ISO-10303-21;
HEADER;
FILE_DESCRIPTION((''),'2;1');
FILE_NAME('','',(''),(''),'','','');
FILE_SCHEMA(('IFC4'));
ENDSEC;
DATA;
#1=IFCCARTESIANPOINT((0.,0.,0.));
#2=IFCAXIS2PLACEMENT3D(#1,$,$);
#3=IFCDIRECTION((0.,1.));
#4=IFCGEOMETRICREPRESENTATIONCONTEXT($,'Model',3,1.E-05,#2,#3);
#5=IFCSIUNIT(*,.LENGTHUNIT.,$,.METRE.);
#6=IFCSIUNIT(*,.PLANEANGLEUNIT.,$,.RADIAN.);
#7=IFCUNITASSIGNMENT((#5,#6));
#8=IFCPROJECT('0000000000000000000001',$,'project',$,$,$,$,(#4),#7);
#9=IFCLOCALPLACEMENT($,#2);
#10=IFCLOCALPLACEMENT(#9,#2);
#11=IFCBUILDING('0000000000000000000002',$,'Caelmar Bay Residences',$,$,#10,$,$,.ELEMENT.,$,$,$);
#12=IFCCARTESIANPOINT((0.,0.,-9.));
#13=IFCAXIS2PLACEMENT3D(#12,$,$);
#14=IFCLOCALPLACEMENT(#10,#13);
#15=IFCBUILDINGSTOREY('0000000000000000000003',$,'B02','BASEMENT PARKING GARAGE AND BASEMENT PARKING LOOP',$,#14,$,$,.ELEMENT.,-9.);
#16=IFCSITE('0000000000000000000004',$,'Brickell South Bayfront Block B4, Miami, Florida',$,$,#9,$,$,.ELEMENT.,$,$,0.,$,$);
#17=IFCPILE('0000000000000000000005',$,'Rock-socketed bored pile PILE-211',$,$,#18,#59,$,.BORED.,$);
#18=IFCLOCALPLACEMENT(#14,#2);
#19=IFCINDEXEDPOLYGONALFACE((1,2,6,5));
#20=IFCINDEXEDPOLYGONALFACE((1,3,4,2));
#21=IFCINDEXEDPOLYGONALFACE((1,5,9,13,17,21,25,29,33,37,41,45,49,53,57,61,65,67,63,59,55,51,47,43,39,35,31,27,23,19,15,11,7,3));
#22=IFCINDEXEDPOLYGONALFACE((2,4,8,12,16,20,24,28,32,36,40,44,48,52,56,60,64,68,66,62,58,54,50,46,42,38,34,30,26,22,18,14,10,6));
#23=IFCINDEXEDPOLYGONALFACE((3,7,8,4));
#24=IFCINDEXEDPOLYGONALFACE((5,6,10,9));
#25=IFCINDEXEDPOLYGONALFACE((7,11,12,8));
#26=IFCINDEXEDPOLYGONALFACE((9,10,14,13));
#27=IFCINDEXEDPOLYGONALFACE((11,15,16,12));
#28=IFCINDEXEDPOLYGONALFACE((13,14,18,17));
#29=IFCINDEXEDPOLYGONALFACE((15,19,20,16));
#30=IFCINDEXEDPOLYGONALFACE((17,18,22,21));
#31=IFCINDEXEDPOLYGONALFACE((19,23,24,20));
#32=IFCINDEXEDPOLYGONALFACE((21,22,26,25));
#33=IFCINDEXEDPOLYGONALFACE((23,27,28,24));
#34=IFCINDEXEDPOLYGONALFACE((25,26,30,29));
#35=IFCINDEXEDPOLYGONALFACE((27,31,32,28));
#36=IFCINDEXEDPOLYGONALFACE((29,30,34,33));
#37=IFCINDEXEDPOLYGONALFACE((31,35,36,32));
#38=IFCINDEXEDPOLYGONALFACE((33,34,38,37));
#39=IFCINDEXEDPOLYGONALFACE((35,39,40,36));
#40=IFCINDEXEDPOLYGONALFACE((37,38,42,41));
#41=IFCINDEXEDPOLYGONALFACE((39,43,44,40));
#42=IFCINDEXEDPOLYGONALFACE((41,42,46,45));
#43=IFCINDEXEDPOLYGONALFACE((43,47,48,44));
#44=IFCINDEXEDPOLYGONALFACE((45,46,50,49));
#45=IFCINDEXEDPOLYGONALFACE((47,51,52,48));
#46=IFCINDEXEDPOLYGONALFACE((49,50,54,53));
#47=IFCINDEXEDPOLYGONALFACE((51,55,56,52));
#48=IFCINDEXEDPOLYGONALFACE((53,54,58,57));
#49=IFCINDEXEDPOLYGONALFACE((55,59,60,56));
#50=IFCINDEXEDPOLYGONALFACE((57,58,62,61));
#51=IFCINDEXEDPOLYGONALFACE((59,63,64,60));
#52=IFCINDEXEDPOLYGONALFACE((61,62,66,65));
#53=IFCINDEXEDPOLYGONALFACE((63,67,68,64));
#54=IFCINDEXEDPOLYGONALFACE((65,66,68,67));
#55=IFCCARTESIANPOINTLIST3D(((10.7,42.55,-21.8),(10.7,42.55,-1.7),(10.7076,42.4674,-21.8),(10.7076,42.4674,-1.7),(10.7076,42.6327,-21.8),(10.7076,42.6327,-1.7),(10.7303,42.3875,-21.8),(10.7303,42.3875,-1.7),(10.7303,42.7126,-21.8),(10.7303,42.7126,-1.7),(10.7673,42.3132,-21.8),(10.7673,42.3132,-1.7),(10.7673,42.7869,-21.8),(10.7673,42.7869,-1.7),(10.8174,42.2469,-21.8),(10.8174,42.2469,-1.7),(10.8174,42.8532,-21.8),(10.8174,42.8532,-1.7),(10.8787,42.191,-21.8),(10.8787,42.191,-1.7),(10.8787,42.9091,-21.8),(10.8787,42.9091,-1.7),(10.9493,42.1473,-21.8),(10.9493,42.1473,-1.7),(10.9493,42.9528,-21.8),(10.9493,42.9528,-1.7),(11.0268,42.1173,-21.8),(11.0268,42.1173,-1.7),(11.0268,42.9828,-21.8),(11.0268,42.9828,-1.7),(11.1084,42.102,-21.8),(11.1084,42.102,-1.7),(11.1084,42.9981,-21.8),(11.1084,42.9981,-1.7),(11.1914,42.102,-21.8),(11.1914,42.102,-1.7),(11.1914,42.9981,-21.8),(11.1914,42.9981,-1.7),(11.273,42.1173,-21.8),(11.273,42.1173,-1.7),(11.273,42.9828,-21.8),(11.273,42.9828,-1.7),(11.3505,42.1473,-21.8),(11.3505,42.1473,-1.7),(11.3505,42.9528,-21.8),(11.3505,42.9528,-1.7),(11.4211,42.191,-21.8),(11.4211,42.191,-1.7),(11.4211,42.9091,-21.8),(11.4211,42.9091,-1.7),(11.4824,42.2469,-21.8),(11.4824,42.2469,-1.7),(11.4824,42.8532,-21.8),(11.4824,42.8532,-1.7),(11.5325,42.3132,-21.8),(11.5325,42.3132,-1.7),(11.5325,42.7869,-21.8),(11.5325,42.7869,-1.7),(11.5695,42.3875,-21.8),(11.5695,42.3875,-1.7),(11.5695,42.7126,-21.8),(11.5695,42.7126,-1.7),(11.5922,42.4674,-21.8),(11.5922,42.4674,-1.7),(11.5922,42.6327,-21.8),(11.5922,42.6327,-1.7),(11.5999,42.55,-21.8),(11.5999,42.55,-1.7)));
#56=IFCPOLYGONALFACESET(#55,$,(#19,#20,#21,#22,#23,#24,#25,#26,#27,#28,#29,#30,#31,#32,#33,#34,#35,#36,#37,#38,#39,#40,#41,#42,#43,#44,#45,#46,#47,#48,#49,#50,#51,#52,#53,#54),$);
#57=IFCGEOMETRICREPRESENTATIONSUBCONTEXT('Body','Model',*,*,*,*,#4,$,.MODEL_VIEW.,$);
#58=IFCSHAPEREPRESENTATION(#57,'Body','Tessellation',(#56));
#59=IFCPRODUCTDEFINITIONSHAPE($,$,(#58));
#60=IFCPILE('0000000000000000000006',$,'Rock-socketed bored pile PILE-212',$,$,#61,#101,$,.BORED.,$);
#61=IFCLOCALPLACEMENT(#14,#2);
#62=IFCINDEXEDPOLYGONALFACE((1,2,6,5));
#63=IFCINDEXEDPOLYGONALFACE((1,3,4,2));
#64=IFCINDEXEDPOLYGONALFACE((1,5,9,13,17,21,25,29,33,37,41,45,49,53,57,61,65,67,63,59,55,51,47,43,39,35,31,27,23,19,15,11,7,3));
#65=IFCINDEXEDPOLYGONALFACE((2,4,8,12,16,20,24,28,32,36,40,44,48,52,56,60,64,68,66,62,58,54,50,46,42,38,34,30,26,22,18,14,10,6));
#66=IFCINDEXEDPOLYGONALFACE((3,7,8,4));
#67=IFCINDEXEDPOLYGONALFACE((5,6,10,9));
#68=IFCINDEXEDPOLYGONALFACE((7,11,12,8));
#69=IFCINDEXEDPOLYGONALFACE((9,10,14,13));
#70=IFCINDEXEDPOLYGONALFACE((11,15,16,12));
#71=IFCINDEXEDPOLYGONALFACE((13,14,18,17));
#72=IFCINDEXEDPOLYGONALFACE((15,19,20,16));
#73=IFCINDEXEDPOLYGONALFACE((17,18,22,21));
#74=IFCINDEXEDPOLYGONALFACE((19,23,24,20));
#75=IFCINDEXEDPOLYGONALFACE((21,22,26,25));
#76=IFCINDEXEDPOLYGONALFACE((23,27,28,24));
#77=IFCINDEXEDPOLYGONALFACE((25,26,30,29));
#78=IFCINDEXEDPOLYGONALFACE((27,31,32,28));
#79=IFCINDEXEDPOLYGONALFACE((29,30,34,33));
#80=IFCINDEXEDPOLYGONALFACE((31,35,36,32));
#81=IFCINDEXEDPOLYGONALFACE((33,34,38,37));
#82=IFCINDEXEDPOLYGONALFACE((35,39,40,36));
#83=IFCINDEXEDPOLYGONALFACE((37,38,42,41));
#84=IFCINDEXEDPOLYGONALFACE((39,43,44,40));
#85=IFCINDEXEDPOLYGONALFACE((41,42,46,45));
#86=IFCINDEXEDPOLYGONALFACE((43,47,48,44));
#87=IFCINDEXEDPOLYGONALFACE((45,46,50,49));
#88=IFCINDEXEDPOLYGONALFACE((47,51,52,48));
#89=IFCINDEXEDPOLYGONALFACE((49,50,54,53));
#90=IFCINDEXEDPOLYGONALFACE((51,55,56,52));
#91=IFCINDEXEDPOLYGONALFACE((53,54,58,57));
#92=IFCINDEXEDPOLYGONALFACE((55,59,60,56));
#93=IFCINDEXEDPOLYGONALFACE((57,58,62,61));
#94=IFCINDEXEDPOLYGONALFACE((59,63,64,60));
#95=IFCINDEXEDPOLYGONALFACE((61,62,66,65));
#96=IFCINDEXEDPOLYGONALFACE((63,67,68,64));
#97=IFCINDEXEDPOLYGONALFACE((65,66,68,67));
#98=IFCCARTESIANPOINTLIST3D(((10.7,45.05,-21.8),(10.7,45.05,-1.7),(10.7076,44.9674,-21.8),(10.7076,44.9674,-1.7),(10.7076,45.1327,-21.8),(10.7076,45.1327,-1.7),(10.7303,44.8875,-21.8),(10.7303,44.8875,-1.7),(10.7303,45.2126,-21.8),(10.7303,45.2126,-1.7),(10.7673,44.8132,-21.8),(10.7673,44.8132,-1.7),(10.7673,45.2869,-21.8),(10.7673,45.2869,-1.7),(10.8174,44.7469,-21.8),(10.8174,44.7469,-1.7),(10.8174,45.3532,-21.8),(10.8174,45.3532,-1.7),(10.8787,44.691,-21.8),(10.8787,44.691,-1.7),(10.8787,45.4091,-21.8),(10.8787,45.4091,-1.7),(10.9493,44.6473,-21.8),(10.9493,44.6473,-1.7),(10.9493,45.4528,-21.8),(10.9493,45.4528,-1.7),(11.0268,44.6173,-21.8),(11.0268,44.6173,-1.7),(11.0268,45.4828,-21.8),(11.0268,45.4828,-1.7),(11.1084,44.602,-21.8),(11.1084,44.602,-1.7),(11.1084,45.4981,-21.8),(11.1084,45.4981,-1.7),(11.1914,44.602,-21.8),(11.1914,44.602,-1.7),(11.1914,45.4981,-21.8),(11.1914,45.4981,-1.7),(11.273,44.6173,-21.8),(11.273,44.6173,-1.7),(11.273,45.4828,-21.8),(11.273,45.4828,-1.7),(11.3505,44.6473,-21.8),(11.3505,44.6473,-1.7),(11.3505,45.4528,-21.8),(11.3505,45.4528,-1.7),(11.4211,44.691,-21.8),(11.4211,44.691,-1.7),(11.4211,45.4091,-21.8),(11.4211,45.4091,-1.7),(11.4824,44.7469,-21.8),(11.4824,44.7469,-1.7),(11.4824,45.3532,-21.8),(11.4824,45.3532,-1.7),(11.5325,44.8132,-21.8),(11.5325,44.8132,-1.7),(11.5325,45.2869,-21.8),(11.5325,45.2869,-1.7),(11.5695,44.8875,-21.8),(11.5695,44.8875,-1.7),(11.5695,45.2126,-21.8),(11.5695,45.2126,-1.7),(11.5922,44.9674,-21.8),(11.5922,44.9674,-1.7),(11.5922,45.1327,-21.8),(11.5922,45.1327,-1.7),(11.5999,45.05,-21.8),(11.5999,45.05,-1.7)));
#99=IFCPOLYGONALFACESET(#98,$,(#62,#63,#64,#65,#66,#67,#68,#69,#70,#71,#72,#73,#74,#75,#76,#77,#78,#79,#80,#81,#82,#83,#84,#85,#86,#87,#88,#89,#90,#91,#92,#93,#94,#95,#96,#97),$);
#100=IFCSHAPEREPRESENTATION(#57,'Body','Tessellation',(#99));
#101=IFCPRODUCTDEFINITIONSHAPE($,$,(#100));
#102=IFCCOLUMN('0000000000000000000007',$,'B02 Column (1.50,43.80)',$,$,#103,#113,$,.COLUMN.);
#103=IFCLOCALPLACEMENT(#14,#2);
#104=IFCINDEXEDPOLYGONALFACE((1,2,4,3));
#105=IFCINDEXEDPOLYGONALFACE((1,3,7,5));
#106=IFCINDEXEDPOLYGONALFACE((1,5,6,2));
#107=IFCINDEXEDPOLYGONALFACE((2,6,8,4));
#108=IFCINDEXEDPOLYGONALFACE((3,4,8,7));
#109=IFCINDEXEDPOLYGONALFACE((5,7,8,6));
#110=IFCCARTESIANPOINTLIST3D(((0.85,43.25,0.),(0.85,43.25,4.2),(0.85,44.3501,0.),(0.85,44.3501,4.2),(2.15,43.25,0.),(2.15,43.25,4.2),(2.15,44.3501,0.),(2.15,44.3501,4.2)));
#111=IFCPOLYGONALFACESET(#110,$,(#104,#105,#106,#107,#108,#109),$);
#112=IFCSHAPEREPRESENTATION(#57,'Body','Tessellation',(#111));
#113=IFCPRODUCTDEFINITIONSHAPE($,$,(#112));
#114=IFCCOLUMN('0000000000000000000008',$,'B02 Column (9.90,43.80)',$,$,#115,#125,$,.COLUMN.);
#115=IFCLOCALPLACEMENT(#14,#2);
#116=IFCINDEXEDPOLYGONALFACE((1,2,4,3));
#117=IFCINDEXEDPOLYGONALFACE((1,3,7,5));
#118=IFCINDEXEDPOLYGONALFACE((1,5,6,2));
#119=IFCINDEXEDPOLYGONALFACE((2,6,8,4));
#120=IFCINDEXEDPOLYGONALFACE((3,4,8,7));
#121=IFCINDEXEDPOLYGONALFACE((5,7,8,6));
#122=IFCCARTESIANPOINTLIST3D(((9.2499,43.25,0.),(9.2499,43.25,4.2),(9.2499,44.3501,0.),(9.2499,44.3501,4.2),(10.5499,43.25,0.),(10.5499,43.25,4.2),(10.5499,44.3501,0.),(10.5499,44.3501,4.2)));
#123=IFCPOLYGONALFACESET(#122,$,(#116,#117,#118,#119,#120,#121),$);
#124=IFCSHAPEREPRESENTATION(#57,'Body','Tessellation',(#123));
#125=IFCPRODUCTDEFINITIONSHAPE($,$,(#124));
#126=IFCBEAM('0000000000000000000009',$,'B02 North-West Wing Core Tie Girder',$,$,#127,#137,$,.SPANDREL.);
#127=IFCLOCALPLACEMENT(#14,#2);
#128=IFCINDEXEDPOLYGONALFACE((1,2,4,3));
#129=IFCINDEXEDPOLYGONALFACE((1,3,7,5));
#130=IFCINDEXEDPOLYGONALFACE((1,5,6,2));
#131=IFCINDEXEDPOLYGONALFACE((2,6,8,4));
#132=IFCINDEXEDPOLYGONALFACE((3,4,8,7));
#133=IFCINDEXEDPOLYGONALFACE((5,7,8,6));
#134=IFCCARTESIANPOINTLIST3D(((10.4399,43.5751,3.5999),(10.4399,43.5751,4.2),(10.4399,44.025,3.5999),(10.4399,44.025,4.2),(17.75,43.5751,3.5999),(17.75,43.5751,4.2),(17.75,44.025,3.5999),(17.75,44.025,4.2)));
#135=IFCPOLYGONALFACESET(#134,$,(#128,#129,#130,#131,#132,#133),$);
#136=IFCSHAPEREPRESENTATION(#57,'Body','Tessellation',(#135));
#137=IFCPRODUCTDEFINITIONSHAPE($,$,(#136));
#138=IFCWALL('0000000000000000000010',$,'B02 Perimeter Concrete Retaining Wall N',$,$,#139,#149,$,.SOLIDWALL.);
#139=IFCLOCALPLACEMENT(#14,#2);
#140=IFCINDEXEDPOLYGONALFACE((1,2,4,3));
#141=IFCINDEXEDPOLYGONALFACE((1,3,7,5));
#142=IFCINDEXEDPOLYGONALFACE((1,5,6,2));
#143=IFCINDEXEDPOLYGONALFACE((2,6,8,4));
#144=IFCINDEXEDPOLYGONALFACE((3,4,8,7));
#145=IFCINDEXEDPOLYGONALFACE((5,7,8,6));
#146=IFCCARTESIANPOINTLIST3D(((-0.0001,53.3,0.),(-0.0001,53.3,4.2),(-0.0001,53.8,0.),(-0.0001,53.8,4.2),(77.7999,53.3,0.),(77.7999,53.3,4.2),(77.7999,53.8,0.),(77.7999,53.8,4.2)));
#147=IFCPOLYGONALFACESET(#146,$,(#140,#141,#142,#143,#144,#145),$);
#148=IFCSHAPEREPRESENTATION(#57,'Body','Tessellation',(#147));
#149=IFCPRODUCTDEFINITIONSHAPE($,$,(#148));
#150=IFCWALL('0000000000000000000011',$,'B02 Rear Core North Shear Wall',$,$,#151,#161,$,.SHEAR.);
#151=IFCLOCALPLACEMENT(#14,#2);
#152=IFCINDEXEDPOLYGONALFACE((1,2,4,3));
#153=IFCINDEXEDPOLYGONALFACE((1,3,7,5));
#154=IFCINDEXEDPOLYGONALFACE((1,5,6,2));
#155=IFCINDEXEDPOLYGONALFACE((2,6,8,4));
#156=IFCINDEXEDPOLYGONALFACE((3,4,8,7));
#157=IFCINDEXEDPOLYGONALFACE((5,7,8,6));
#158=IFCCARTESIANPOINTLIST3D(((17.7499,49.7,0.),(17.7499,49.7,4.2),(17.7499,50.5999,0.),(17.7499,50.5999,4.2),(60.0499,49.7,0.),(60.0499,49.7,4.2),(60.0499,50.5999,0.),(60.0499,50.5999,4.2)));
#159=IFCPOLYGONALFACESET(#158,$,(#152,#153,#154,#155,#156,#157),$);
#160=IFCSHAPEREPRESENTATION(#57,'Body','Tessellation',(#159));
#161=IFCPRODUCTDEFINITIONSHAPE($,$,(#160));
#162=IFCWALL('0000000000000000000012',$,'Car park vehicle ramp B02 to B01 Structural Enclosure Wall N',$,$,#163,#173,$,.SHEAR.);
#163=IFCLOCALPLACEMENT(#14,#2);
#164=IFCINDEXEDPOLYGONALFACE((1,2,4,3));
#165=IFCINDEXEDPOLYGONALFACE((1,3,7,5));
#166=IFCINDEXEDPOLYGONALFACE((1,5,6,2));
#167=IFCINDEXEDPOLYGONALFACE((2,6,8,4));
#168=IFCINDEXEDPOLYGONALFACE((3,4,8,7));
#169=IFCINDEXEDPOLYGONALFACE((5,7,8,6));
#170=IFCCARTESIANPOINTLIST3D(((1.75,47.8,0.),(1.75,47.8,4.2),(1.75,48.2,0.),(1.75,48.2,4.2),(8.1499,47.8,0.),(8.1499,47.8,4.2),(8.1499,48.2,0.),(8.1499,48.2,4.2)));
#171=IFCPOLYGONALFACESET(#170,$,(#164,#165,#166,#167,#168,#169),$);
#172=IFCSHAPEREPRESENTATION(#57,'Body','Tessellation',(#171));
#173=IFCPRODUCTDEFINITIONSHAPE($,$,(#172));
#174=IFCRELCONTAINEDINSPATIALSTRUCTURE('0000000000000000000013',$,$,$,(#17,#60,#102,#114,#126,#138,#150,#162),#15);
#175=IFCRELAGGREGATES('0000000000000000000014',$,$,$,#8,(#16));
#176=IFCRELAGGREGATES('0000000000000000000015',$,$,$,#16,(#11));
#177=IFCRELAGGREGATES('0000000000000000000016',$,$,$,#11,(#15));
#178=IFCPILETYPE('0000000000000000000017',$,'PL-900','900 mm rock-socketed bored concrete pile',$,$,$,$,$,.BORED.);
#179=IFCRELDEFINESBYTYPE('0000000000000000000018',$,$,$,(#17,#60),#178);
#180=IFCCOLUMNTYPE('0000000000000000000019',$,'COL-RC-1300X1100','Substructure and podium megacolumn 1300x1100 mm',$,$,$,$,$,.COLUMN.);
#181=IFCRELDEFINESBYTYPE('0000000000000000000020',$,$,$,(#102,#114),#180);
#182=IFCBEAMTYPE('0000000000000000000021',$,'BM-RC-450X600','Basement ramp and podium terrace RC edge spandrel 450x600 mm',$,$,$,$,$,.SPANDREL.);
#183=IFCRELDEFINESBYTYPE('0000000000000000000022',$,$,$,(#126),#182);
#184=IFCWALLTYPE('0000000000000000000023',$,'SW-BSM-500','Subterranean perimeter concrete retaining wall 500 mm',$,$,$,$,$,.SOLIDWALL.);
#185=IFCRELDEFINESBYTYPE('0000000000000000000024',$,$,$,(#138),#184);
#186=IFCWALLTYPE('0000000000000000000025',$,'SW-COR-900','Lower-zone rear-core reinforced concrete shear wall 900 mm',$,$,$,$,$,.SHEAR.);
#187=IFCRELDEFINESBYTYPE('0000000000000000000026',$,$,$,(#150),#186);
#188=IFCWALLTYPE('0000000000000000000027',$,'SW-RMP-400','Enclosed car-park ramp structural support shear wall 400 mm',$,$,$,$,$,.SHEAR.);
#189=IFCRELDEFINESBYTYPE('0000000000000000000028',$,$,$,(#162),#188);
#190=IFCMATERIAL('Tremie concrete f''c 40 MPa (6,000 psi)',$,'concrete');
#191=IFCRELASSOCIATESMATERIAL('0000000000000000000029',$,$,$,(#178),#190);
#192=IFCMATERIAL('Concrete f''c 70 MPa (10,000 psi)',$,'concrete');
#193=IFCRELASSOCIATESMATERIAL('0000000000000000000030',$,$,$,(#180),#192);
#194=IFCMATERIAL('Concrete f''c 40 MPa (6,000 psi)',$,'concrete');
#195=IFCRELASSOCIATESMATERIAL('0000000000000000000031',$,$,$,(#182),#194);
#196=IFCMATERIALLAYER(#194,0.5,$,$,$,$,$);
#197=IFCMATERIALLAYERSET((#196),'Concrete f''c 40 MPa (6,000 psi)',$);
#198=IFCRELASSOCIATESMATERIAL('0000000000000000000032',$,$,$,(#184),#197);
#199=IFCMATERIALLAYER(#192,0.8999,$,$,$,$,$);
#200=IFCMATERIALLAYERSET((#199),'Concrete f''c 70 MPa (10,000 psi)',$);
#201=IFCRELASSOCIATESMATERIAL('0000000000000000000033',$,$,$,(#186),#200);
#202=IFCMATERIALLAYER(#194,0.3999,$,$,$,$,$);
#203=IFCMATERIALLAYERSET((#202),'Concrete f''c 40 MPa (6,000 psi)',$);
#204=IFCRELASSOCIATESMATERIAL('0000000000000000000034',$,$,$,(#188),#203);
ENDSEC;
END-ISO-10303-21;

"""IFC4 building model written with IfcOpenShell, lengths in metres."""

from ifc_helpers import new_model, si_unit, direction, frame, frame_2d, origin, origin_2d, place, context, subcontext, project, spatial, rectangle, circle, extrude, material, layer, layer_set, material_profile, profile_set, type_object, element, save


model = new_model("IFC4")

# Units and contexts
model_context = context("Model", 3, precision=1e-05, world=origin(), true_north=direction((0.0, 1.0)))
body_context = subcontext(model_context, "Body", "Model", "MODEL_VIEW")
ifc_project = project(units=[si_unit("LENGTHUNIT", "METRE"), si_unit("PLANEANGLEUNIT", "RADIAN")], contexts=[model_context])

# Site, building, storey
site_placement = place(None, origin())
site = spatial("IfcSite", under=ifc_project, at=site_placement, Name="Brickell South Bayfront Block B4, Miami, Florida", CompositionType="ELEMENT", RefElevation=0.0)
building_placement = place(site_placement, origin())
building = spatial("IfcBuilding", under=site, at=building_placement, Name="Caelmar Bay Residences", CompositionType="ELEMENT")
storey_placement = place(building_placement, frame((0.0, 0.0, -9.0)))
storey = spatial("IfcBuildingStorey", under=building, at=storey_placement, Name="B02", Description="BASEMENT PARKING GARAGE AND BASEMENT PARKING LOOP", CompositionType="ELEMENT", Elevation=-9.0)

# Piles
ifc_material_1 = material(Name="Tremie concrete f'c 40 MPa (6,000 psi)", Category="concrete")
ifc_material_profile_1 = material_profile(ifc_material_1, circle(Radius=0.45, at=origin_2d()), Name="PILE-900D")
ifc_profile_set_1 = profile_set([ifc_material_profile_1], Name="Tremie concrete f'c 40 MPa (6,000 psi)")
pile_type_1 = type_object("IfcPileType", Name="PL-900", Description="900 mm rock-socketed bored concrete pile", PredefinedType="BORED", material=ifc_profile_set_1)
for number, where, z_axis, x_axis, name in (
    (1, (11.1499, 42.55, -1.7), (0.0, 0.0, -1.0), (1.0, 0.0, 0.0), "Rock-socketed bored pile PILE-211"),
    (2, (11.1499, 45.05, -1.7), (0.0, 0.0, -1.0), (1.0, 0.0, 0.0), "Rock-socketed bored pile PILE-212"),
):
    element("IfcPile", number, at=place(storey_placement, frame(where, z_axis=z_axis, x_axis=x_axis)), inside=storey, type_object=pile_type_1, Name=name, PredefinedType="BORED", context=body_context, shape_type="SweptSolid", body=[
        extrude(circle(Radius=0.45, at=origin_2d()), origin(), (0.0, 0.0, 1.0), 20.1001),
    ])

# Columns
ifc_material_2 = material(Name="Concrete f'c 70 MPa (10,000 psi)", Category="concrete")
ifc_material_profile_2 = material_profile(ifc_material_2, rectangle(XDim=1.3, YDim=1.1001, at=origin_2d()), Name="RC-COL-1300X1100")
ifc_profile_set_2 = profile_set([ifc_material_profile_2], Name="Concrete f'c 70 MPa (10,000 psi)")
column_type = type_object("IfcColumnType", Name="COL-RC-1300X1100", Description="Substructure and podium megacolumn 1300x1100 mm", PredefinedType="COLUMN", material=ifc_profile_set_2)
for number, where, z_axis, x_axis, name in (
    (3, (1.5, 43.8, 0.0), (0.0, 0.0, 1.0), (1.0, 0.0, 0.0), "B02 Column (1.50,43.80)"),
    (4, (9.8999, 43.8, 0.0), (0.0, 0.0, 1.0), (1.0, 0.0, 0.0), "B02 Column (9.90,43.80)"),
):
    element("IfcColumn", number, at=place(storey_placement, frame(where, z_axis=z_axis, x_axis=x_axis)), inside=storey, type_object=column_type, Name=name, PredefinedType="COLUMN", context=body_context, shape_type="SweptSolid", body=[
        extrude(rectangle(XDim=1.3, YDim=1.1001, at=origin_2d()), origin(), (0.0, 0.0, 1.0), 4.2),
    ])

# Beam
ifc_material_3 = material(Name="Concrete f'c 40 MPa (6,000 psi)", Category="concrete")
ifc_material_profile_3 = material_profile(ifc_material_3, rectangle(XDim=0.45, YDim=0.6001, at=origin_2d()), Name="RC-BM-450X600")
ifc_profile_set_3 = profile_set([ifc_material_profile_3], Name="Concrete f'c 40 MPa (6,000 psi)")
beam_type = type_object("IfcBeamType", Name="BM-RC-450X600", Description="Basement ramp and podium terrace RC edge spandrel 450x600 mm", PredefinedType="SPANDREL", material=ifc_profile_set_3)
beam_placement = place(storey_placement, frame((10.4399, 43.8, 3.8999), z_axis=(1.0, 0.0, 0.0), x_axis=(0.0, 1.0, 0.0)))
element("IfcBeam", 5, at=beam_placement, inside=storey, type_object=beam_type, Name="B02 North-West Wing Core Tie Girder", PredefinedType="SPANDREL", context=body_context, shape_type="SweptSolid", body=[
    extrude(rectangle(XDim=0.45, YDim=0.6001, at=origin_2d()), origin(), (0.0, 0.0, 1.0), 7.3101),
])

# Walls
ifc_layer_1 = layer(ifc_material_3, 0.5)
ifc_layer_set_1 = layer_set([ifc_layer_1], Name="Concrete f'c 40 MPa (6,000 psi)")
wall_type_1 = type_object("IfcWallType", Name="SW-BSM-500", Description="Subterranean perimeter concrete retaining wall 500 mm", PredefinedType="SOLIDWALL", material=ifc_layer_set_1)
wall_1_placement = place(storey_placement, frame((0.0, 53.55, 0.0), z_axis=(0.0, 0.0, 1.0), x_axis=(1.0, 0.0, 0.0)))
element("IfcWall", 6, at=wall_1_placement, inside=storey, type_object=wall_type_1, Name="B02 Perimeter Concrete Retaining Wall N", PredefinedType="SOLIDWALL", context=body_context, shape_type="SweptSolid", body=[
    extrude(rectangle(XDim=77.8, YDim=0.5, at=frame_2d((38.8999, 0.0))), origin(), (0.0, 0.0, 1.0), 4.2),
])
ifc_layer_2 = layer(ifc_material_2, 0.8999)
ifc_layer_set_2 = layer_set([ifc_layer_2], Name="Concrete f'c 70 MPa (10,000 psi)")
wall_type_2 = type_object("IfcWallType", Name="SW-COR-900", Description="Lower-zone rear-core reinforced concrete shear wall 900 mm", PredefinedType="SHEAR", material=ifc_layer_set_2)
wall_2_placement = place(storey_placement, frame((17.75, 50.1499, 0.0), z_axis=(0.0, 0.0, 1.0), x_axis=(1.0, 0.0, 0.0)))
element("IfcWall", 7, at=wall_2_placement, inside=storey, type_object=wall_type_2, Name="B02 Rear Core North Shear Wall", PredefinedType="SHEAR", context=body_context, shape_type="SweptSolid", body=[
    extrude(rectangle(XDim=42.3, YDim=0.8999, at=frame_2d((21.1499, 0.0))), origin(), (0.0, 0.0, 1.0), 4.2),
])
ifc_layer_3 = layer(ifc_material_3, 0.3999)
ifc_layer_set_3 = layer_set([ifc_layer_3], Name="Concrete f'c 40 MPa (6,000 psi)")
wall_type_3 = type_object("IfcWallType", Name="SW-RMP-400", Description="Enclosed car-park ramp structural support shear wall 400 mm", PredefinedType="SHEAR", material=ifc_layer_set_3)
wall_3_placement = place(storey_placement, frame((1.75, 48.0, 0.0), z_axis=(0.0, 0.0, 1.0), x_axis=(1.0, 0.0, 0.0)))
element("IfcWall", 8, at=wall_3_placement, inside=storey, type_object=wall_type_3, Name="Car park vehicle ramp B02 to B01 Structural Enclosure Wall N", PredefinedType="SHEAR", context=body_context, shape_type="SweptSolid", body=[
    extrude(rectangle(XDim=6.3999, YDim=0.3999, at=frame_2d((3.2, 0.0))), origin(), (0.0, 0.0, 1.0), 4.2),
])

save(model, "model.ifc")
